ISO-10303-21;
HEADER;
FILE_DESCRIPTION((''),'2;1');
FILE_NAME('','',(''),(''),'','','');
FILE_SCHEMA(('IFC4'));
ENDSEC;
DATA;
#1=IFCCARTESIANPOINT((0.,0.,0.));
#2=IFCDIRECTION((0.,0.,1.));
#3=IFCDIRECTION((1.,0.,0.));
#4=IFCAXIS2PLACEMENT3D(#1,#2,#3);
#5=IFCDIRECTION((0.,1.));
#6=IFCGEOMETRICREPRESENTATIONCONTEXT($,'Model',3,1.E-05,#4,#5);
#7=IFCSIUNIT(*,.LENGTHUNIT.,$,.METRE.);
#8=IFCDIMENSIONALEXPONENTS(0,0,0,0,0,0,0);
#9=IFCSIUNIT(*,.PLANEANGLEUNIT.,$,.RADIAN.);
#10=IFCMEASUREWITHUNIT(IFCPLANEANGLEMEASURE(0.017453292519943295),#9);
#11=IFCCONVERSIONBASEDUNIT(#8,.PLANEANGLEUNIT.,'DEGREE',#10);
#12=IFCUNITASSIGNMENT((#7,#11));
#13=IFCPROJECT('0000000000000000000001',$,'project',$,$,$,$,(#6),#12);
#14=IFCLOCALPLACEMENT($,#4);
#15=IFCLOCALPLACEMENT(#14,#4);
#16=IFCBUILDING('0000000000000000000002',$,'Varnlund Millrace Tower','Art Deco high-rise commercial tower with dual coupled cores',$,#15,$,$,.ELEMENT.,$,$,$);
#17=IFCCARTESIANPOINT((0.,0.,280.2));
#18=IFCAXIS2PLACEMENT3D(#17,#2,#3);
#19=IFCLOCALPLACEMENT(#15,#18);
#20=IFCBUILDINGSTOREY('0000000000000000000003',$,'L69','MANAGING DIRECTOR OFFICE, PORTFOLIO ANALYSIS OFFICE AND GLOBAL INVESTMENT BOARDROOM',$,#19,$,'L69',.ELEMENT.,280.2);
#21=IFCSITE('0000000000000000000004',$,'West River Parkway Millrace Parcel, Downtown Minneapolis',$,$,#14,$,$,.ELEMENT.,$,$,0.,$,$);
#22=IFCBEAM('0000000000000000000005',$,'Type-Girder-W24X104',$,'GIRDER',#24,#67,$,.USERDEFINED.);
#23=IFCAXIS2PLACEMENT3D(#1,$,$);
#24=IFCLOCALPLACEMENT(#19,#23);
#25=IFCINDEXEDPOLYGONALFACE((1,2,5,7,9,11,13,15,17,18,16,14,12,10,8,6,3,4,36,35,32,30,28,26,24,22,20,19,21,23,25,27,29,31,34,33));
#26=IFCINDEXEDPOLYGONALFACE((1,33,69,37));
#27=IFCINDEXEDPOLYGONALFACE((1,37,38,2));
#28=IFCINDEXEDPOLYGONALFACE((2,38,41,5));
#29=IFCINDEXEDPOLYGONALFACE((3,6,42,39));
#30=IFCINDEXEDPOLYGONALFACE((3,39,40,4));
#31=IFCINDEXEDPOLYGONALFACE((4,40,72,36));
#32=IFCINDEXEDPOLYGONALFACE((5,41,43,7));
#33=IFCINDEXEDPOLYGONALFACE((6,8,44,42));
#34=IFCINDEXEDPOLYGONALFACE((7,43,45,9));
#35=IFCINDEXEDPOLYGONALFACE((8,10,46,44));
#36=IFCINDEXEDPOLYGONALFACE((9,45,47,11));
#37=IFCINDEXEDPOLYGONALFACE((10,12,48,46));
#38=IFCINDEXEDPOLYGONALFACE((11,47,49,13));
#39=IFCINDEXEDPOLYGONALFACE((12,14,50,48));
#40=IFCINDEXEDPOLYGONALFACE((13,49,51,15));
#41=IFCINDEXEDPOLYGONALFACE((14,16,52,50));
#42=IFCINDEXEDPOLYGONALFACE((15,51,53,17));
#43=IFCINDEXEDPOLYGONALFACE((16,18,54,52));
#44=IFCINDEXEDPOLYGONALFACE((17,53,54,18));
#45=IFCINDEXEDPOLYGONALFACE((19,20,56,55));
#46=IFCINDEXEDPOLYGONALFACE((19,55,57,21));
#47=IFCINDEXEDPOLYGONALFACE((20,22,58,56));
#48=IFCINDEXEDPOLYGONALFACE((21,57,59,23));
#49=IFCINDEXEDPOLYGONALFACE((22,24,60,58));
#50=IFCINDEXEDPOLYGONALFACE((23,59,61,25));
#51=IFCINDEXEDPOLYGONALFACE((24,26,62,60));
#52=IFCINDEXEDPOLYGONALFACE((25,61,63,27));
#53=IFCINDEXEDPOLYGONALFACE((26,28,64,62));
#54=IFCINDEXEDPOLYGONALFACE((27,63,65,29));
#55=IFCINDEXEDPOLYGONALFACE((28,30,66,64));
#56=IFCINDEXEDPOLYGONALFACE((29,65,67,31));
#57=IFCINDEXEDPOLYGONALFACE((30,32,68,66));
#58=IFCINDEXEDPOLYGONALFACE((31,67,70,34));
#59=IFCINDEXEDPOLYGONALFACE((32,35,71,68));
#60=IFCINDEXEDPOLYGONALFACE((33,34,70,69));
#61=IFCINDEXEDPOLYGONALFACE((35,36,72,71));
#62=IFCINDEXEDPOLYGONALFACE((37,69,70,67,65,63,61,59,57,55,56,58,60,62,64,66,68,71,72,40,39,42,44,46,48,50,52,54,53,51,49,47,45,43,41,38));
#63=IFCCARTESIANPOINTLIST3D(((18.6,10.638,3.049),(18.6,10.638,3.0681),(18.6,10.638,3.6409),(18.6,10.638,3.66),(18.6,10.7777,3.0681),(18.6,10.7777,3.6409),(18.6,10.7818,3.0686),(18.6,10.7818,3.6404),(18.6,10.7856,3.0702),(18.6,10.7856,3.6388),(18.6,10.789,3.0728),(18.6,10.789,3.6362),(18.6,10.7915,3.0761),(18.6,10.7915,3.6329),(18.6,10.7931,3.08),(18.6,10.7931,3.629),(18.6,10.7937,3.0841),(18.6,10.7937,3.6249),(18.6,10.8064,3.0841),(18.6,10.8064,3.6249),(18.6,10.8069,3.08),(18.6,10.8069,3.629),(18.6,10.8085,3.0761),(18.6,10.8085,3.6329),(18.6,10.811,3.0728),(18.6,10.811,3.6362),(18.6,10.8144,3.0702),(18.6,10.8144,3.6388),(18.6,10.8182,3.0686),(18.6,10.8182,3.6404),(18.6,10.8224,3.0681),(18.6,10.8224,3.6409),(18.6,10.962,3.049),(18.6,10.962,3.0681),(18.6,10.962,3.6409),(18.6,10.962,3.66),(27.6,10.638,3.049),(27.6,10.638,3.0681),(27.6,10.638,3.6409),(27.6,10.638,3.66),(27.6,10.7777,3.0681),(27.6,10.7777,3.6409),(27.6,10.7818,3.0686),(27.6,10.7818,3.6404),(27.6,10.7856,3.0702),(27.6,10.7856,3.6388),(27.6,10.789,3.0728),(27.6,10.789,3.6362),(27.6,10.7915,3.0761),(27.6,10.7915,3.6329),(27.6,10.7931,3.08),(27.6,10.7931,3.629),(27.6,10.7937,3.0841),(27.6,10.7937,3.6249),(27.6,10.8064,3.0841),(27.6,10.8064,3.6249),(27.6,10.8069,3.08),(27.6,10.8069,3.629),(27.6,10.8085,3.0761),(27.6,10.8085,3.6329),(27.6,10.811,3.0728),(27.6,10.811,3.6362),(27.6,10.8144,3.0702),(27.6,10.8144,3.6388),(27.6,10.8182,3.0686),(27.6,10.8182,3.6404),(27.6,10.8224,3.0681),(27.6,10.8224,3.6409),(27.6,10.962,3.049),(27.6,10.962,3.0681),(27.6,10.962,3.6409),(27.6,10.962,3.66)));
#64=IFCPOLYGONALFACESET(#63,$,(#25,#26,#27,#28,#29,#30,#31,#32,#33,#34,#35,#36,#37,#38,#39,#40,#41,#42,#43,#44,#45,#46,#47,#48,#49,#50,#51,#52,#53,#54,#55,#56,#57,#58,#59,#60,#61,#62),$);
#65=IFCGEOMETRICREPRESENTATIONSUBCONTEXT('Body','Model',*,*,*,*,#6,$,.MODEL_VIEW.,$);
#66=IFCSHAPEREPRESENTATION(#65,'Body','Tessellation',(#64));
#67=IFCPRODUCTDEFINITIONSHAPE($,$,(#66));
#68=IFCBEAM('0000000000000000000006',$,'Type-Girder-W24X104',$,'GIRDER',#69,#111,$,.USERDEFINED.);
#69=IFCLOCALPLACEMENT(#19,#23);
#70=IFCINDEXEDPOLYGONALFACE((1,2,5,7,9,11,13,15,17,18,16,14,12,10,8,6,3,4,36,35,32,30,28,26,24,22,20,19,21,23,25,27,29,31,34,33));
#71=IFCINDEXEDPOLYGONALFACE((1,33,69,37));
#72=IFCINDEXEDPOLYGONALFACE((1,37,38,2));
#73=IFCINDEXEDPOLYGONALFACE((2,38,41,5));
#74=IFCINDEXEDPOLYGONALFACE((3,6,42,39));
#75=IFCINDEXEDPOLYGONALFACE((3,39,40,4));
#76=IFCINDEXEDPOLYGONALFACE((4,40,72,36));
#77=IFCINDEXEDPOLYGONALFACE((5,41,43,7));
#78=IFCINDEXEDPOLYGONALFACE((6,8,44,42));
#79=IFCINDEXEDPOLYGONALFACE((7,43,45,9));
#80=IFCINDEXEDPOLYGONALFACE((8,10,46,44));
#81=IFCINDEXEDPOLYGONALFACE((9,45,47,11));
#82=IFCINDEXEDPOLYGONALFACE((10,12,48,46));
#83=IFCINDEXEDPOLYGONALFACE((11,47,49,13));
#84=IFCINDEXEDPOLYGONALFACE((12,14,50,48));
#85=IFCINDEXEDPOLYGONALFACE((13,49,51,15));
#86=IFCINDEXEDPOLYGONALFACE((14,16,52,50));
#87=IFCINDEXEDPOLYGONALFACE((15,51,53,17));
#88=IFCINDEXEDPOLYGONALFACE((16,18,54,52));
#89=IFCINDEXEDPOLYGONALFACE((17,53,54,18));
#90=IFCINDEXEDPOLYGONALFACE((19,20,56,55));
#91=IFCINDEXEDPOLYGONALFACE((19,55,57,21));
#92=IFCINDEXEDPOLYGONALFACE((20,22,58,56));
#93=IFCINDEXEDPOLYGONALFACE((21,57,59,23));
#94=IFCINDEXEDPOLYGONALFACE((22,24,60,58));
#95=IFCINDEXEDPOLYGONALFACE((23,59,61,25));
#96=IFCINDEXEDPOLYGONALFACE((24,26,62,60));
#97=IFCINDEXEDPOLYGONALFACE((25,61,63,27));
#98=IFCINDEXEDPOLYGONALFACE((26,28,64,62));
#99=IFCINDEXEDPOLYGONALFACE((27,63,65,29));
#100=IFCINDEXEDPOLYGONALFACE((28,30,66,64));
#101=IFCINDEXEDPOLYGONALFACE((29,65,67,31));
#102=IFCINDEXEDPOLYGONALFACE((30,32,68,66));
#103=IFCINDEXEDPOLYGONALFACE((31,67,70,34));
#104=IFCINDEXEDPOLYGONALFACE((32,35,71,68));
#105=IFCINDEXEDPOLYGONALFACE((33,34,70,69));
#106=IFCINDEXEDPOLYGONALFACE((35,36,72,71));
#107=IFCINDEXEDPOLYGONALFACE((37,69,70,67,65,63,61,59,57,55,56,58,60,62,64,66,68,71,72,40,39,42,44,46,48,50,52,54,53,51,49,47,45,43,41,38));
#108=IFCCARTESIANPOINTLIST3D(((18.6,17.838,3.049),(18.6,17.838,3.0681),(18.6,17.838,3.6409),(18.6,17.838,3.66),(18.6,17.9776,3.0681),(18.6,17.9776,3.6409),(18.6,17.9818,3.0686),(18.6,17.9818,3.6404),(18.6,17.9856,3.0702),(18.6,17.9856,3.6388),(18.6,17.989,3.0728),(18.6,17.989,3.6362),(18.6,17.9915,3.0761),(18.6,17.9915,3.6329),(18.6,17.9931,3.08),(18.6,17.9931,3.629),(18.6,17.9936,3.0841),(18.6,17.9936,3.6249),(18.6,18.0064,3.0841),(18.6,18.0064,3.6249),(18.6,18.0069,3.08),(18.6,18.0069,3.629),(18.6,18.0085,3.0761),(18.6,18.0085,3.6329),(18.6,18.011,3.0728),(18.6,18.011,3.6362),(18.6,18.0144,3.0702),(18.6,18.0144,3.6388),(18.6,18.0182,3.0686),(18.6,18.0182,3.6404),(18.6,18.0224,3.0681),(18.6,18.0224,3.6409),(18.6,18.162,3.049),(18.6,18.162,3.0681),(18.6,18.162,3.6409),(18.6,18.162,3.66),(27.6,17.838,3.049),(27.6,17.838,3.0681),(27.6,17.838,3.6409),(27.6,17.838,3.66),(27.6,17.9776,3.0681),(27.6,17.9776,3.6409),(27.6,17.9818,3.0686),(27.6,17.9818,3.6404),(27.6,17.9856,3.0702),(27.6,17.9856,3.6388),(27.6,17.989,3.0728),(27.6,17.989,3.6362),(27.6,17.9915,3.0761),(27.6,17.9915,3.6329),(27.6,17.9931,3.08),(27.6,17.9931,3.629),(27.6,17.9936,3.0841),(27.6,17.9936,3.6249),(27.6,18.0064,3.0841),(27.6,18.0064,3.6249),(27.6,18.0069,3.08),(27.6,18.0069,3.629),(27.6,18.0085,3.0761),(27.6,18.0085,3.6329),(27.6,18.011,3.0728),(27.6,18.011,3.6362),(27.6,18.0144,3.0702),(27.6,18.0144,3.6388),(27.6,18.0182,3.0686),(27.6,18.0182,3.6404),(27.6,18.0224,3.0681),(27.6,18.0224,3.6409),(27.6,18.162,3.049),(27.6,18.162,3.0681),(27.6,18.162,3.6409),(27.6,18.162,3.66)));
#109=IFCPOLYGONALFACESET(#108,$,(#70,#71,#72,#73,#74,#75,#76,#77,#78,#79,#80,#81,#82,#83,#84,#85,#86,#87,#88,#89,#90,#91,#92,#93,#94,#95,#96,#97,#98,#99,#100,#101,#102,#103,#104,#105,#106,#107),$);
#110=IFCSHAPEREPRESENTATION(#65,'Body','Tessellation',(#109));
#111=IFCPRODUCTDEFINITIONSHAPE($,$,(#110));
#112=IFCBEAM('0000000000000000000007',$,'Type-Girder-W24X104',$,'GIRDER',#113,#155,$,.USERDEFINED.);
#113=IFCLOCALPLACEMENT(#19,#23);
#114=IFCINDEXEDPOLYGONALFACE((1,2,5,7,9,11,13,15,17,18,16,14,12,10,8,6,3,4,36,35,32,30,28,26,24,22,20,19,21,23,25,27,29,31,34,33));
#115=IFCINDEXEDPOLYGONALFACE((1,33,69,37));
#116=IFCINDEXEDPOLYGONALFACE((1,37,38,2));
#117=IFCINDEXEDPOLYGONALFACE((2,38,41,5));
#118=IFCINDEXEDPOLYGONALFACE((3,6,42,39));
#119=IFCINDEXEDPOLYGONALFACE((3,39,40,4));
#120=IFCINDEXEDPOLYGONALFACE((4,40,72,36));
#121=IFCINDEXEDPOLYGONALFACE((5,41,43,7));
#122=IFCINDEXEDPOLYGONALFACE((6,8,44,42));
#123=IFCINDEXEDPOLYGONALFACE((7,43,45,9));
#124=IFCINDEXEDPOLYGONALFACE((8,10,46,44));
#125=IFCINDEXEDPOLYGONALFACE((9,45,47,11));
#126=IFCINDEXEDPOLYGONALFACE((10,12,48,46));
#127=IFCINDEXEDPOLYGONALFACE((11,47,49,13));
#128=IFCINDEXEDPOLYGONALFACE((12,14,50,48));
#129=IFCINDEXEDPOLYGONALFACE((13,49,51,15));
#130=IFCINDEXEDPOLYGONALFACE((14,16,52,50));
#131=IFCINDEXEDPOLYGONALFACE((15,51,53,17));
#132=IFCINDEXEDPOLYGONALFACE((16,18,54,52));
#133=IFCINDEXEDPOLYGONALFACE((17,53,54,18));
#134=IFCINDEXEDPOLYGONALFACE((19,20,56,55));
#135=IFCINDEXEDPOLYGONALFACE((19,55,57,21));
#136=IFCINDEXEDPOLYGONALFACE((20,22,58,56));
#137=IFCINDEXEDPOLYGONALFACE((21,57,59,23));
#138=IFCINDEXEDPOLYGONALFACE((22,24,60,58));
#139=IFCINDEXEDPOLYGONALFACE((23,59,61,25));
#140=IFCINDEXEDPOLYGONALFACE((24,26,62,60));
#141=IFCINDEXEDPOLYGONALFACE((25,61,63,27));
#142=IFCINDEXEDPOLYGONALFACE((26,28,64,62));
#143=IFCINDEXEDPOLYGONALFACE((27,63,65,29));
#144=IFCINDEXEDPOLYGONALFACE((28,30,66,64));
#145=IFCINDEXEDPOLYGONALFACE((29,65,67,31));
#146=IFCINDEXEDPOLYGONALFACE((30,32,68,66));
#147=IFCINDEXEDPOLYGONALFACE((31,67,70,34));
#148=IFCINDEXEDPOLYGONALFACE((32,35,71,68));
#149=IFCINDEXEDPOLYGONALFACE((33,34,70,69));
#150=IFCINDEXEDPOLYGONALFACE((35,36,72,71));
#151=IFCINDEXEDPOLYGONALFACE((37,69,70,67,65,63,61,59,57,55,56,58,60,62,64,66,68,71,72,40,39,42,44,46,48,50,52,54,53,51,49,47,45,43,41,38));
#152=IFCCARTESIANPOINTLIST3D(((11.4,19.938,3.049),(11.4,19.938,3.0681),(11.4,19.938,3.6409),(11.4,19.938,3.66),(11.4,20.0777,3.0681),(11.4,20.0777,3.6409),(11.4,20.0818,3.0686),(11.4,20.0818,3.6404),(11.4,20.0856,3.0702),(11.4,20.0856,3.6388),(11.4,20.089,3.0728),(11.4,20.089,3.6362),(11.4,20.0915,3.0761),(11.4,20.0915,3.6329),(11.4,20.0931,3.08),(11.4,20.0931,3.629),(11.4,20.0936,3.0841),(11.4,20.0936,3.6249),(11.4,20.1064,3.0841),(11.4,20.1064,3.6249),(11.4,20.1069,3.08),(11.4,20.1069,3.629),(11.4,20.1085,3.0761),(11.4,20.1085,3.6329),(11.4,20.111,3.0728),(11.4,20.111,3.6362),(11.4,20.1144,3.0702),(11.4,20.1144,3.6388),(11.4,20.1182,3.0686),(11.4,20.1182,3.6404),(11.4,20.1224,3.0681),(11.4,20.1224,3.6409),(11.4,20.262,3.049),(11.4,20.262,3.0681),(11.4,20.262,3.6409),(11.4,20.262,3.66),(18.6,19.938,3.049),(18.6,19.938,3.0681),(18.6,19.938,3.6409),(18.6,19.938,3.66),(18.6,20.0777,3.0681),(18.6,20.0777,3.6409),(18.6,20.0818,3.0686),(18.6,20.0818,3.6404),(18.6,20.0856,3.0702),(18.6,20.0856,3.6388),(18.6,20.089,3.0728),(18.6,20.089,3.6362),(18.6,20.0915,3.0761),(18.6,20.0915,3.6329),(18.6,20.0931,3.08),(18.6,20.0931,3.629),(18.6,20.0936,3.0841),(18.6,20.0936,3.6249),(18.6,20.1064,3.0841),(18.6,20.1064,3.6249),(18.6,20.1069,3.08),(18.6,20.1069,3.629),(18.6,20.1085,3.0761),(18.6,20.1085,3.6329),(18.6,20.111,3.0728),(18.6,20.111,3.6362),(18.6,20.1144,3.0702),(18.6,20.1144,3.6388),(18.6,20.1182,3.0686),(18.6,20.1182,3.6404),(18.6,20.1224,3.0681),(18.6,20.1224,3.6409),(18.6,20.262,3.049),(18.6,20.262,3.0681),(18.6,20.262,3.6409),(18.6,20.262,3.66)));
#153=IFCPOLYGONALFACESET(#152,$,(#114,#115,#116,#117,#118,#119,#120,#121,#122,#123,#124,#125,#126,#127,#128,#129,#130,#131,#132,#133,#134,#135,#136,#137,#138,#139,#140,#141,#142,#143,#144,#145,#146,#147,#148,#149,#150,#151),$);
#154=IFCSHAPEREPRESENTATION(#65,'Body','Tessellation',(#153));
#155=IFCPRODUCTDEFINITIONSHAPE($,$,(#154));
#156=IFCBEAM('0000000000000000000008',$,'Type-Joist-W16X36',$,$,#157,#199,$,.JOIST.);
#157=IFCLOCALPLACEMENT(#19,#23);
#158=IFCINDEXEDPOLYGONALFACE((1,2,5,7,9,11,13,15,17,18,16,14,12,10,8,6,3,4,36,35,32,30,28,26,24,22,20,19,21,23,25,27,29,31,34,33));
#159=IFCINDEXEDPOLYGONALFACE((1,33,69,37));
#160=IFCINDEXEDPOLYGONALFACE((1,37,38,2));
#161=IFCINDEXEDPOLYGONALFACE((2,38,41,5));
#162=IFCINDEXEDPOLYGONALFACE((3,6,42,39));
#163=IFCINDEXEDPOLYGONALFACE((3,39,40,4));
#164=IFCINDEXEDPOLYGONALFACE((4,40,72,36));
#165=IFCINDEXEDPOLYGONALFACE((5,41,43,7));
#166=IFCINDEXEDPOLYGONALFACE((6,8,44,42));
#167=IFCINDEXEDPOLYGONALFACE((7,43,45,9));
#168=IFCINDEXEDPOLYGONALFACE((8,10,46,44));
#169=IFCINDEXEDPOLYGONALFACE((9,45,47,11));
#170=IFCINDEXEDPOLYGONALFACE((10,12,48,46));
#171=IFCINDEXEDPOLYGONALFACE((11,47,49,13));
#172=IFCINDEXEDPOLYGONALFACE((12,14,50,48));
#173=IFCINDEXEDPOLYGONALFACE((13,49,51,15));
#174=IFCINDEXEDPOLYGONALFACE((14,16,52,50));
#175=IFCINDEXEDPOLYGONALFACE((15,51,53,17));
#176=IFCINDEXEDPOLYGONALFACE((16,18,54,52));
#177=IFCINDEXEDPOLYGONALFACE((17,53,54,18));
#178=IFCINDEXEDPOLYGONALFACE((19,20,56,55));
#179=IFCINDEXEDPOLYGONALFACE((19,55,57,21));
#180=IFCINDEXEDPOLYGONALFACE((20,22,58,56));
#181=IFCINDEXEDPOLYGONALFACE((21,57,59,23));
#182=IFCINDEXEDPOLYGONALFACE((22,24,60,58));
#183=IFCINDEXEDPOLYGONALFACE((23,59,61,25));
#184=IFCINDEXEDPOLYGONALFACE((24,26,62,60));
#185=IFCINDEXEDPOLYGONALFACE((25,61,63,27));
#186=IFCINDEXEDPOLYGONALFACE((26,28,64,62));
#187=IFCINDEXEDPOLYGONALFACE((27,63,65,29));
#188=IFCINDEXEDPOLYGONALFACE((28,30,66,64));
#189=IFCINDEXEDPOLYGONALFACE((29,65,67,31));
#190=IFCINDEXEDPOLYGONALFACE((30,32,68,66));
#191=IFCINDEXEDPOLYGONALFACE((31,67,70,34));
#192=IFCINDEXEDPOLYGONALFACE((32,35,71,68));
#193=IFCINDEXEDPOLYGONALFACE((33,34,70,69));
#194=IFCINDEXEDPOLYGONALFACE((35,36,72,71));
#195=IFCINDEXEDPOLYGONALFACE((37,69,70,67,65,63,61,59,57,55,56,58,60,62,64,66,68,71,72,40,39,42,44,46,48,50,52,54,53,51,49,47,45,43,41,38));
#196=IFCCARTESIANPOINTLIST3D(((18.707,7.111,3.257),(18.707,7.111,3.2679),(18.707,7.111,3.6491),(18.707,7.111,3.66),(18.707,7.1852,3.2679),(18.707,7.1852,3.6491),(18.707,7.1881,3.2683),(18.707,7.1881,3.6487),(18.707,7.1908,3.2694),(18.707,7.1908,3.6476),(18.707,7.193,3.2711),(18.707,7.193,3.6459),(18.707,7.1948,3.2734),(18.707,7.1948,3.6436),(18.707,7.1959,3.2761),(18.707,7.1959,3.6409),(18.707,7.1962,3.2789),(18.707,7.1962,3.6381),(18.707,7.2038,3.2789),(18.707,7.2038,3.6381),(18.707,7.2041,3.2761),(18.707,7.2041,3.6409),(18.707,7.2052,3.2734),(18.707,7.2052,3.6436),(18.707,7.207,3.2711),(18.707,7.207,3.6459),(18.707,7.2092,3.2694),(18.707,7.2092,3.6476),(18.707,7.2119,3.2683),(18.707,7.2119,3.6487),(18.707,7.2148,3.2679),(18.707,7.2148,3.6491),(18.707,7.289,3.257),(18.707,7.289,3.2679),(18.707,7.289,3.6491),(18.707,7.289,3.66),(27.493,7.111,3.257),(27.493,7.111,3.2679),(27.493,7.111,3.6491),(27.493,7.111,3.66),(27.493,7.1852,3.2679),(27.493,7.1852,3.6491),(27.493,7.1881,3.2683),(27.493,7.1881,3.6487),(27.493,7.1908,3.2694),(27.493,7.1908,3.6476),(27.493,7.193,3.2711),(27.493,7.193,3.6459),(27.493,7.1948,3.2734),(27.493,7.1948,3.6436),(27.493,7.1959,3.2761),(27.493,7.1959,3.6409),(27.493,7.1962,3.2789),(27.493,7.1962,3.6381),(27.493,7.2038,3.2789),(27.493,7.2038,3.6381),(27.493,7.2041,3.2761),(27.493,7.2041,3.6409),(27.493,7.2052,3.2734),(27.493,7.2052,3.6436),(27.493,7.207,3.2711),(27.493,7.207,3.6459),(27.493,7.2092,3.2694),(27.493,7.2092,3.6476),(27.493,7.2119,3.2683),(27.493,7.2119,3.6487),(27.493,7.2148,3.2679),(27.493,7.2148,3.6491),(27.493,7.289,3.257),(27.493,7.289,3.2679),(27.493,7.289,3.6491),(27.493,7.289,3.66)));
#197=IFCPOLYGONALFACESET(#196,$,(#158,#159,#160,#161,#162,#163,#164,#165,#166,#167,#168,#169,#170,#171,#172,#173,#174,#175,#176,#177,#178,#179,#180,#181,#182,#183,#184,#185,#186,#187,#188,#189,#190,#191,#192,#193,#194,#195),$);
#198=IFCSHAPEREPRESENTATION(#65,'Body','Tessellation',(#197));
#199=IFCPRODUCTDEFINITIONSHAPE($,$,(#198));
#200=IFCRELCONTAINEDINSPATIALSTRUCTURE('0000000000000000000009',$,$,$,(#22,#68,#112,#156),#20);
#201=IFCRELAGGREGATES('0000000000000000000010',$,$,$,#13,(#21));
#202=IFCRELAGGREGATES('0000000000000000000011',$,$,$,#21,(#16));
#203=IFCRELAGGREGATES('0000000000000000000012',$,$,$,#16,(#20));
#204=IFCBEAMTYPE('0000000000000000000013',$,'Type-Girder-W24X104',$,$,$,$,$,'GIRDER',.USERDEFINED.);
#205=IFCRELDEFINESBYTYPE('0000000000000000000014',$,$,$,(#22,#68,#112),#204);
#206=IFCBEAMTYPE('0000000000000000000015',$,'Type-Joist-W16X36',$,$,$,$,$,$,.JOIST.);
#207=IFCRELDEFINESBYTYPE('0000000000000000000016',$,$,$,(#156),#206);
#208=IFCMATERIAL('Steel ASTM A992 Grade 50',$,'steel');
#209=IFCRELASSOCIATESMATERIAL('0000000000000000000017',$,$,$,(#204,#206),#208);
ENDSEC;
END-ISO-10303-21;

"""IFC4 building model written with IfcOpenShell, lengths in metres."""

from ifc_helpers import new_model, entity, si_unit, converted_unit, direction, frame, origin_with_axes, origin_2d_with_axis, place, context, subcontext, project, spatial, i_section, extrude, material, material_profile, profile_set, type_object, element, save


model = new_model("IFC4")

# Units and contexts
model_context = context("Model", 3, precision=1e-05, world=origin_with_axes(), true_north=direction((0.0, 1.0)))
body_context = subcontext(model_context, "Body", "Model", "MODEL_VIEW")
ifc_project = project(units=[si_unit("LENGTHUNIT", "METRE"), converted_unit("PLANEANGLEUNIT", "DEGREE", entity("IfcPlaneAngleMeasure", 0.017453292519943295), si_unit("PLANEANGLEUNIT", "RADIAN"), dimensions=[0, 0, 0, 0, 0, 0, 0])], contexts=[model_context])

# Site, building, storey
site_placement = place(None, origin_with_axes())
site = spatial("IfcSite", under=ifc_project, at=site_placement, Name="West River Parkway Millrace Parcel, Downtown Minneapolis", CompositionType="ELEMENT", RefElevation=0.0)
building_placement = place(site_placement, origin_with_axes())
building = spatial("IfcBuilding", under=site, at=building_placement, Name="Varnlund Millrace Tower", Description="Art Deco high-rise commercial tower with dual coupled cores", CompositionType="ELEMENT")
storey_placement = place(building_placement, frame((0.0, 0.0, 280.2), z_axis=(0.0, 0.0, 1.0), x_axis=(1.0, 0.0, 0.0)))
storey = spatial("IfcBuildingStorey", under=building, at=storey_placement, Name="L69", Description="MANAGING DIRECTOR OFFICE, PORTFOLIO ANALYSIS OFFICE AND GLOBAL INVESTMENT BOARDROOM", LongName="L69", CompositionType="ELEMENT", Elevation=280.2)

# Beams
ifc_material_1 = material(Name="Steel ASTM A992 Grade 50", Category="steel")
ifc_material_profile_1 = material_profile(ifc_material_1, i_section(OverallWidth=0.324, OverallDepth=0.611, WebThickness=0.0127, FlangeThickness=0.0191, FilletRadius=0.016, at=origin_2d_with_axis()), Name="Steel ASTM A992 Grade 50")
ifc_profile_set_1 = profile_set([ifc_material_profile_1], Name="Steel ASTM A992 Grade 50")
beam_type_1 = type_object("IfcBeamType", Name="Type-Girder-W24X104", ElementType="GIRDER", PredefinedType="USERDEFINED", material=ifc_profile_set_1)
for number, where, z_axis, x_axis, name in (
    (1, (18.6, 10.8, 3.3545), (1.0, 0.0, 0.0), (0.0, 1.0, 0.0), "Type-Girder-W24X104"),
    (2, (18.6, 18.0, 3.3545), (1.0, 0.0, 0.0), (0.0, 1.0, 0.0), "Type-Girder-W24X104"),
):
    element("IfcBeam", number, at=place(storey_placement, frame(where, z_axis=z_axis, x_axis=x_axis)), inside=storey, type_object=beam_type_1, Name=name, ObjectType="GIRDER", PredefinedType="USERDEFINED", context=body_context, shape_type="SweptSolid", body=[
        extrude(i_section(OverallWidth=0.324, OverallDepth=0.611, WebThickness=0.0127, FlangeThickness=0.0191, FilletRadius=0.016, at=origin_2d_with_axis()), origin_with_axes(), (0.0, 0.0, 1.0), 9.0),
    ])
beam_1_placement = place(storey_placement, frame((11.4, 20.1, 3.3545), z_axis=(1.0, 0.0, 0.0), x_axis=(0.0, 1.0, 0.0)))
element("IfcBeam", 3, at=beam_1_placement, inside=storey, type_object=beam_type_1, Name="Type-Girder-W24X104", ObjectType="GIRDER", PredefinedType="USERDEFINED", context=body_context, shape_type="SweptSolid", body=[
    extrude(i_section(OverallWidth=0.324, OverallDepth=0.611, WebThickness=0.0127, FlangeThickness=0.0191, FilletRadius=0.016, at=origin_2d_with_axis()), origin_with_axes(), (0.0, 0.0, 1.0), 7.2),
])
ifc_material_profile_2 = material_profile(ifc_material_1, i_section(OverallWidth=0.178, OverallDepth=0.403, WebThickness=0.0075, FlangeThickness=0.0109, FilletRadius=0.011, at=origin_2d_with_axis()), Name="Steel ASTM A992 Grade 50")
ifc_profile_set_2 = profile_set([ifc_material_profile_2], Name="Steel ASTM A992 Grade 50")
beam_type_2 = type_object("IfcBeamType", Name="Type-Joist-W16X36", PredefinedType="JOIST", material=ifc_profile_set_2)
for number, where, z_axis, x_axis, name in (
    (4, (18.707, 7.2, 3.4585), (1.0, 0.0, 0.0), (0.0, 1.0, 0.0), "Type-Joist-W16X36"),
):
    element("IfcBeam", number, at=place(storey_placement, frame(where, z_axis=z_axis, x_axis=x_axis)), inside=storey, type_object=beam_type_2, Name=name, PredefinedType="JOIST", context=body_context, shape_type="SweptSolid", body=[
        extrude(i_section(OverallWidth=0.178, OverallDepth=0.403, WebThickness=0.0075, FlangeThickness=0.0109, FilletRadius=0.011, at=origin_2d_with_axis()), origin_with_axes(), (0.0, 0.0, 1.0), 8.786),
    ])

save(model, "model.ifc")
